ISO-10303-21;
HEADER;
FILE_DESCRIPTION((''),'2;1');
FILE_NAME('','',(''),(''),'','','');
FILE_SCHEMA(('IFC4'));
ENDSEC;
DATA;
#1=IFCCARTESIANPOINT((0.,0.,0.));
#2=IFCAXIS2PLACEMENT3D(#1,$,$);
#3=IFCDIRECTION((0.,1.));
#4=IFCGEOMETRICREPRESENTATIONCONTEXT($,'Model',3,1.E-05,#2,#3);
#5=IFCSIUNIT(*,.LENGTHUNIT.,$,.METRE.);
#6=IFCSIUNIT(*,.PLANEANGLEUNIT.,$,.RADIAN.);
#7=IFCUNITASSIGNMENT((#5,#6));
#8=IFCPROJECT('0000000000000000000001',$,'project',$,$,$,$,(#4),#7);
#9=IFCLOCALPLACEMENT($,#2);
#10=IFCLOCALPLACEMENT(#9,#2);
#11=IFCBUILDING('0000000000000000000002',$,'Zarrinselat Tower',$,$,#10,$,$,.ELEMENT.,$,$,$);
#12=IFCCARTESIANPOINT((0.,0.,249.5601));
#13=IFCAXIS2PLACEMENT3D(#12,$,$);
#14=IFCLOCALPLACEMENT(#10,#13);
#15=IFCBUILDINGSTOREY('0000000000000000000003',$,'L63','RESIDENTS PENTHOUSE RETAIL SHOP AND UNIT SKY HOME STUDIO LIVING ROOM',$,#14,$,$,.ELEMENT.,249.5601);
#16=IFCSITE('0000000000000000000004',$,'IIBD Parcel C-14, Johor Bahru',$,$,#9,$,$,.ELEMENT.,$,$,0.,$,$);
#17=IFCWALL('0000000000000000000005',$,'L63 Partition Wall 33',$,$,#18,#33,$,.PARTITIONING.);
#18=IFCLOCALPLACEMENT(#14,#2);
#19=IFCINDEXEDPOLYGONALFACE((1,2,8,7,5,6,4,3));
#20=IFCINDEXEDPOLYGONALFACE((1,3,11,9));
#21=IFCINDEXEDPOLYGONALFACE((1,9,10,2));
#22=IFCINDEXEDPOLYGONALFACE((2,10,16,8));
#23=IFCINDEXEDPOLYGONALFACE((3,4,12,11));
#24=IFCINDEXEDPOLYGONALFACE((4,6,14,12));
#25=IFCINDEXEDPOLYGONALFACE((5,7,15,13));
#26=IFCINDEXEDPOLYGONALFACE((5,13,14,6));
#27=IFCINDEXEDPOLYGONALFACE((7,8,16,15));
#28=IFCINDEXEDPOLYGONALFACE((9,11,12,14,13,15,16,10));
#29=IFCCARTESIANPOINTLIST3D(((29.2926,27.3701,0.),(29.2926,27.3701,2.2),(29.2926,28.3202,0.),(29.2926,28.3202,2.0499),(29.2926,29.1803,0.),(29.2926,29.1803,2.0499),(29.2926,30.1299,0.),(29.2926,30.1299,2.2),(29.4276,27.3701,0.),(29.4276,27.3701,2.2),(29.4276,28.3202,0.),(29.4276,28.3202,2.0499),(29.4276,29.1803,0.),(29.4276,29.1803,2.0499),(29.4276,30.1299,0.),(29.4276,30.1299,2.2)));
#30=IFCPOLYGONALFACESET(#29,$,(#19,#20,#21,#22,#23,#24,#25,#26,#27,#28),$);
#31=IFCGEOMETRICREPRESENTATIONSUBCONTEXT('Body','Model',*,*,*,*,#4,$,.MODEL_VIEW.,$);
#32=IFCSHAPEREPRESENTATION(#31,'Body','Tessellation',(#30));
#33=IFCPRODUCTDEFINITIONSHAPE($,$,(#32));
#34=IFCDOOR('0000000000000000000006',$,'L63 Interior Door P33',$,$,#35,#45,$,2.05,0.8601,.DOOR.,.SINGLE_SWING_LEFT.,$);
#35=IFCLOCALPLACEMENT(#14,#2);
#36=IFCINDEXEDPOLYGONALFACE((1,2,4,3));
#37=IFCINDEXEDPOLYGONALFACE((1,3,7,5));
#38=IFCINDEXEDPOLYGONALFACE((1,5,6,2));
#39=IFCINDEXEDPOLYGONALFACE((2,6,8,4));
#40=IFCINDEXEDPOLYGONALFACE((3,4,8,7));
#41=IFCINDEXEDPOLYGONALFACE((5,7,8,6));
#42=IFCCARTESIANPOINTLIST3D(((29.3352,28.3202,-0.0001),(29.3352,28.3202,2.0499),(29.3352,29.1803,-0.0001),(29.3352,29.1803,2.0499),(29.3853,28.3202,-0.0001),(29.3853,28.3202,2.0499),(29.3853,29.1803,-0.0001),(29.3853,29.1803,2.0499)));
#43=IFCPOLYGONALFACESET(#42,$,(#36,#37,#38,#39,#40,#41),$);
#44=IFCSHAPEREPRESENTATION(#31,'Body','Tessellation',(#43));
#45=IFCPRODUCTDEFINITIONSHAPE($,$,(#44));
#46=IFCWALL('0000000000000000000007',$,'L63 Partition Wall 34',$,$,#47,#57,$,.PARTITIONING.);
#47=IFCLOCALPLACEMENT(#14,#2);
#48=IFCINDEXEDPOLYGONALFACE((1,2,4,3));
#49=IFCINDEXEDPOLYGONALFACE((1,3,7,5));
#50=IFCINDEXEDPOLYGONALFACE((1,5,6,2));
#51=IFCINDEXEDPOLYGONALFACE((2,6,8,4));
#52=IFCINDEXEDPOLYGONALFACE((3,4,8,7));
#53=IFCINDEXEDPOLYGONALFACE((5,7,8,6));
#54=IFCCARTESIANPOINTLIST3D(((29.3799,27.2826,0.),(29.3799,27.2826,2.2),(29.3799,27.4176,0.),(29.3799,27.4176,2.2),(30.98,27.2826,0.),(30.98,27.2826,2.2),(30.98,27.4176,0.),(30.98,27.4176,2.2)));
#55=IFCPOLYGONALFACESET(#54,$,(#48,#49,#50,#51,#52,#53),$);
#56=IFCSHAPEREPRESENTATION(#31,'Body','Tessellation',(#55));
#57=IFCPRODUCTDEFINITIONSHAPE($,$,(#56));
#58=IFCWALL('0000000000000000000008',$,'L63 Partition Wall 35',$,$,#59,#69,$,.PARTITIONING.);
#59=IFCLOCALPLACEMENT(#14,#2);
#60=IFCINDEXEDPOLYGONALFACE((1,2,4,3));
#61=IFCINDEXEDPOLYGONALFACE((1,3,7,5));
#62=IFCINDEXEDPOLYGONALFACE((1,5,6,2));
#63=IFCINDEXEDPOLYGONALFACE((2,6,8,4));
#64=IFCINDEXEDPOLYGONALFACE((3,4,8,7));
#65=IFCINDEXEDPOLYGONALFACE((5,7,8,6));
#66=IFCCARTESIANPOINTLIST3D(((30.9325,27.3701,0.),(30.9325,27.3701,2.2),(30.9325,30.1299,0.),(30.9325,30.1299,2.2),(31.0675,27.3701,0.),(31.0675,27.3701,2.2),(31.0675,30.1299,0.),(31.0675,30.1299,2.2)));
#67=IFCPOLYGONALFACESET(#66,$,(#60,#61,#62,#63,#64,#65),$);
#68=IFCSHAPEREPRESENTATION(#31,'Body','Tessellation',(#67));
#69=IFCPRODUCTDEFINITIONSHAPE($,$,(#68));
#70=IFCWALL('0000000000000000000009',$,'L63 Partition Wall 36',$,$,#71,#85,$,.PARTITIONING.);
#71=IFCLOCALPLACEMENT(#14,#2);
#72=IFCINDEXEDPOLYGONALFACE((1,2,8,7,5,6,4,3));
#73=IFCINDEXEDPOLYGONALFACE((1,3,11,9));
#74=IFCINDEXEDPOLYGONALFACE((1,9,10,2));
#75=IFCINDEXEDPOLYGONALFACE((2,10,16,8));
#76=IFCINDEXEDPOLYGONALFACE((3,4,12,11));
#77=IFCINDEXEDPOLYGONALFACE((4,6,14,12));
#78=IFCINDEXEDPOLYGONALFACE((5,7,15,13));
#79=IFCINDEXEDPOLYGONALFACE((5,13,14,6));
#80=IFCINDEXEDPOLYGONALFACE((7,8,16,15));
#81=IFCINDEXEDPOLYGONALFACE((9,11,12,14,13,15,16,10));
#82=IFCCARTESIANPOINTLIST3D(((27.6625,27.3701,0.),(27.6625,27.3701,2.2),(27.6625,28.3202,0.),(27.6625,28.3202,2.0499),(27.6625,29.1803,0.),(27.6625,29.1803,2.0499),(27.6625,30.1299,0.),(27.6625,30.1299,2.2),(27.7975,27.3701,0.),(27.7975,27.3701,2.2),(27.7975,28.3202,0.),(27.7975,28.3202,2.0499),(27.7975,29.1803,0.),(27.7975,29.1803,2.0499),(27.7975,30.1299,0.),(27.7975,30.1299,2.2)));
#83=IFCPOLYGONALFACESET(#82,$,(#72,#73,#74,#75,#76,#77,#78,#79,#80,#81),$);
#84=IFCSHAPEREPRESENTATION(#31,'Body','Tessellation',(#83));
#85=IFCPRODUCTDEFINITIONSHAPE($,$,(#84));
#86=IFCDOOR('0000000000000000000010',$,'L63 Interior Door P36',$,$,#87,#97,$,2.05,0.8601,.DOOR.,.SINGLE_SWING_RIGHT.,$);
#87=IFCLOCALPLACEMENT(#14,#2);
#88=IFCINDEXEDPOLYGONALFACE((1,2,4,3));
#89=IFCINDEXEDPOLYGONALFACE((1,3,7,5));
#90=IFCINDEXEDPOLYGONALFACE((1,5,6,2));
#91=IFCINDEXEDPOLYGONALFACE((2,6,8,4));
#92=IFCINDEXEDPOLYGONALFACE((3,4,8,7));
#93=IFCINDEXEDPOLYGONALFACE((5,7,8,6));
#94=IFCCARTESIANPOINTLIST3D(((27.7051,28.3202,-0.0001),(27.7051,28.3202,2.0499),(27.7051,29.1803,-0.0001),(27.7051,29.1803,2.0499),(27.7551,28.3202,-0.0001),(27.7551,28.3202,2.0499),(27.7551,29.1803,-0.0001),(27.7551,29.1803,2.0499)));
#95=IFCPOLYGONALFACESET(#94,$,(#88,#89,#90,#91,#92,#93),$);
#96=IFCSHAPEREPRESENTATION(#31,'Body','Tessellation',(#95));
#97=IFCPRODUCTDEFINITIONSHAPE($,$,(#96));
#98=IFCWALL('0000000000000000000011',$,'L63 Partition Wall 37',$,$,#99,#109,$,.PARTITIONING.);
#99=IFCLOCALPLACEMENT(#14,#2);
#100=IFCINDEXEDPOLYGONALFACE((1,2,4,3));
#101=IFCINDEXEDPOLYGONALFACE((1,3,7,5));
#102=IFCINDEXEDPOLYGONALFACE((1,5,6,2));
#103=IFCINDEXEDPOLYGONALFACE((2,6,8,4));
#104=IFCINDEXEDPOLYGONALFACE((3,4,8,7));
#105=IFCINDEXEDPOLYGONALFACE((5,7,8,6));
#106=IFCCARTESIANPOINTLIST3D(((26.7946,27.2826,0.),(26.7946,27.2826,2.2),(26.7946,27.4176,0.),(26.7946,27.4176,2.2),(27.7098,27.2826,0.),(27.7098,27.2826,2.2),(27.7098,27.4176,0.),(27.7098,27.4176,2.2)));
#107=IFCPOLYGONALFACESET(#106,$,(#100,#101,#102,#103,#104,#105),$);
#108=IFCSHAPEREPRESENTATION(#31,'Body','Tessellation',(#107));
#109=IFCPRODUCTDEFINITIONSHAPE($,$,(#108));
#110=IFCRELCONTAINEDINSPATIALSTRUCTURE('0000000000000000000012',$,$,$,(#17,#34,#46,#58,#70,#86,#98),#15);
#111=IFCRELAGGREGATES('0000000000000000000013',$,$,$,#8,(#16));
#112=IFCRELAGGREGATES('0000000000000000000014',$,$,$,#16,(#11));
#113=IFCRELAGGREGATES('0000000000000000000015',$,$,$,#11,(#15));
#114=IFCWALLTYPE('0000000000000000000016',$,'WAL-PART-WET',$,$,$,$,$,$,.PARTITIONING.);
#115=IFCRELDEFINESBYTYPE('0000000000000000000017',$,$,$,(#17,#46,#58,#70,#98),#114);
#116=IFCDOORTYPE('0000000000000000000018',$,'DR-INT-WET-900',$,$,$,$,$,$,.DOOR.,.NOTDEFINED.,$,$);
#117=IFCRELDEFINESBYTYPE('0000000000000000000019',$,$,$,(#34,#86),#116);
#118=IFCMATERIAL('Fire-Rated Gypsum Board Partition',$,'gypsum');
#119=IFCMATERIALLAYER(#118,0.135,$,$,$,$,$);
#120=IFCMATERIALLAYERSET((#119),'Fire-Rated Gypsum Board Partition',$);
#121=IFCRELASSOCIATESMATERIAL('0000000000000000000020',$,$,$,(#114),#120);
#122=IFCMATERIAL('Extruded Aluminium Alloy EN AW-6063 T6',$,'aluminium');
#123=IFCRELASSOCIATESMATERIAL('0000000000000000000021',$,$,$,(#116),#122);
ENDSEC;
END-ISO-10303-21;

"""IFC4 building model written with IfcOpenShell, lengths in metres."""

from ifc_helpers import new_model, si_unit, direction, frame, frame_2d, origin, place, context, subcontext, project, spatial, rectangle, extrude, material, layer, layer_set, type_object, element, fill, save


model = new_model("IFC4")

# Units and contexts
model_context = context("Model", 3, precision=1e-05, world=origin(), true_north=direction((0.0, 1.0)))
body_context = subcontext(model_context, "Body", "Model", "MODEL_VIEW")
ifc_project = project(units=[si_unit("LENGTHUNIT", "METRE"), si_unit("PLANEANGLEUNIT", "RADIAN")], contexts=[model_context])

# Site, building, storey
site_placement = place(None, origin())
site = spatial("IfcSite", under=ifc_project, at=site_placement, Name="IIBD Parcel C-14, Johor Bahru", CompositionType="ELEMENT", RefElevation=0.0)
building_placement = place(site_placement, origin())
building = spatial("IfcBuilding", under=site, at=building_placement, Name="Zarrinselat Tower", CompositionType="ELEMENT")
storey_placement = place(building_placement, frame((0.0, 0.0, 249.5601)))
storey = spatial("IfcBuildingStorey", under=building, at=storey_placement, Name="L63", Description="RESIDENTS PENTHOUSE RETAIL SHOP AND UNIT SKY HOME STUDIO LIVING ROOM", CompositionType="ELEMENT", Elevation=249.5601)

# Wall, opening, door
ifc_material_1 = material(Name="Fire-Rated Gypsum Board Partition", Category="gypsum")
ifc_layer_1 = layer(ifc_material_1, 0.135)
ifc_layer_set_1 = layer_set([ifc_layer_1], Name="Fire-Rated Gypsum Board Partition")
wall_type_1 = type_object("IfcWallType", Name="WAL-PART-WET", PredefinedType="PARTITIONING", material=ifc_layer_set_1)
wall_1_placement = place(storey_placement, frame((29.3601, 27.3701, 0.0), z_axis=(0.0, 0.0, 1.0), x_axis=(0.0, 1.0, 0.0)))
wall_1 = element("IfcWall", 1, at=wall_1_placement, inside=storey, type_object=wall_type_1, Name="L63 Partition Wall 33", PredefinedType="PARTITIONING", context=body_context, shape_type="SweptSolid", body=[
    extrude(rectangle(XDim=2.7598, YDim=0.135, at=frame_2d((1.3799, 0.0))), origin(), (0.0, 0.0, 1.0), 2.2),
])
opening_1_placement = place(wall_1_placement, frame((0.95, 0.0, 0.0)))
opening_1 = element("IfcOpeningElement", 2, at=opening_1_placement, cuts=wall_1, PredefinedType="OPENING", context=body_context, shape_type="SweptSolid", body=[
    extrude(rectangle(XDim=0.8601, YDim=2.05, at=frame_2d((0.4302, 1.0249))), frame((0.0, 0.0774, 0.0), z_axis=(0.0, -1.0, 0.0), x_axis=(1.0, 0.0, 0.0)), (0.0, 0.0, 1.0), 0.155),
])
ifc_material_2 = material(Name="Extruded Aluminium Alloy EN AW-6063 T6", Category="aluminium")
door_type = type_object("IfcDoorType", Name="DR-INT-WET-900", OperationType="NOTDEFINED", PredefinedType="DOOR", material=ifc_material_2)
door_1_placement = place(opening_1_placement, origin())
door_1 = element("IfcDoor", 3, at=door_1_placement, inside=storey, type_object=door_type, Name="L63 Interior Door P33", OperationType="SINGLE_SWING_LEFT", OverallHeight=2.05, OverallWidth=0.8601, PredefinedType="DOOR", context=body_context, shape_type="SweptSolid", body=[
    extrude(rectangle(XDim=0.8601, YDim=2.05, at=frame_2d((0.4302, 1.0249))), frame((0.0, 0.0249, 0.0), z_axis=(0.0, -1.0, 0.0), x_axis=(1.0, 0.0, 0.0)), (0.0, 0.0, 1.0), 0.05),
])
fill(opening_1, door_1)

# Walls
wall_2_placement = place(storey_placement, frame((29.3799, 27.3501, 0.0), z_axis=(0.0, 0.0, 1.0), x_axis=(1.0, 0.0, 0.0)))
element("IfcWall", 4, at=wall_2_placement, inside=storey, type_object=wall_type_1, Name="L63 Partition Wall 34", PredefinedType="PARTITIONING", context=body_context, shape_type="SweptSolid", body=[
    extrude(rectangle(XDim=1.6001, YDim=0.135, at=frame_2d((0.8, 0.0))), origin(), (0.0, 0.0, 1.0), 2.2),
])
wall_3_placement = place(storey_placement, frame((31.0, 27.3701, 0.0), z_axis=(0.0, 0.0, 1.0), x_axis=(0.0, 1.0, 0.0)))
element("IfcWall", 5, at=wall_3_placement, inside=storey, type_object=wall_type_1, Name="L63 Partition Wall 35", PredefinedType="PARTITIONING", context=body_context, shape_type="SweptSolid", body=[
    extrude(rectangle(XDim=2.7598, YDim=0.135, at=frame_2d((1.3799, 0.0))), origin(), (0.0, 0.0, 1.0), 2.2),
])

# Wall, opening, door
wall_4_placement = place(storey_placement, frame((27.73, 27.3701, 0.0), z_axis=(0.0, 0.0, 1.0), x_axis=(0.0, 1.0, 0.0)))
wall_4 = element("IfcWall", 6, at=wall_4_placement, inside=storey, type_object=wall_type_1, Name="L63 Partition Wall 36", PredefinedType="PARTITIONING", context=body_context, shape_type="SweptSolid", body=[
    extrude(rectangle(XDim=2.7598, YDim=0.135, at=frame_2d((1.3799, 0.0))), origin(), (0.0, 0.0, 1.0), 2.2),
])
opening_2_placement = place(wall_4_placement, frame((0.95, 0.0, 0.0)))
opening_2 = element("IfcOpeningElement", 7, at=opening_2_placement, cuts=wall_4, PredefinedType="OPENING", context=body_context, shape_type="SweptSolid", body=[
    extrude(rectangle(XDim=0.8601, YDim=2.05, at=frame_2d((0.4302, 1.0249))), frame((0.0, 0.0774, 0.0), z_axis=(0.0, -1.0, 0.0), x_axis=(1.0, 0.0, 0.0)), (0.0, 0.0, 1.0), 0.155),
])
door_2_placement = place(opening_2_placement, origin())
door_2 = element("IfcDoor", 8, at=door_2_placement, inside=storey, type_object=door_type, Name="L63 Interior Door P36", OperationType="SINGLE_SWING_RIGHT", OverallHeight=2.05, OverallWidth=0.8601, PredefinedType="DOOR", context=body_context, shape_type="SweptSolid", body=[
    extrude(rectangle(XDim=0.8601, YDim=2.05, at=frame_2d((0.4302, 1.0249))), frame((0.0, 0.0249, 0.0), z_axis=(0.0, -1.0, 0.0), x_axis=(1.0, 0.0, 0.0)), (0.0, 0.0, 1.0), 0.05),
])
fill(opening_2, door_2)

# Wall
wall_5_placement = place(storey_placement, frame((26.7947, 27.3501, 0.0), z_axis=(0.0, 0.0, 1.0), x_axis=(1.0, 0.0, 0.0)))
element("IfcWall", 9, at=wall_5_placement, inside=storey, type_object=wall_type_1, Name="L63 Partition Wall 37", PredefinedType="PARTITIONING", context=body_context, shape_type="SweptSolid", body=[
    extrude(rectangle(XDim=0.9153, YDim=0.135, at=frame_2d((0.4575, 0.0))), origin(), (0.0, 0.0, 1.0), 2.2),
])

save(model, "model.ifc")
